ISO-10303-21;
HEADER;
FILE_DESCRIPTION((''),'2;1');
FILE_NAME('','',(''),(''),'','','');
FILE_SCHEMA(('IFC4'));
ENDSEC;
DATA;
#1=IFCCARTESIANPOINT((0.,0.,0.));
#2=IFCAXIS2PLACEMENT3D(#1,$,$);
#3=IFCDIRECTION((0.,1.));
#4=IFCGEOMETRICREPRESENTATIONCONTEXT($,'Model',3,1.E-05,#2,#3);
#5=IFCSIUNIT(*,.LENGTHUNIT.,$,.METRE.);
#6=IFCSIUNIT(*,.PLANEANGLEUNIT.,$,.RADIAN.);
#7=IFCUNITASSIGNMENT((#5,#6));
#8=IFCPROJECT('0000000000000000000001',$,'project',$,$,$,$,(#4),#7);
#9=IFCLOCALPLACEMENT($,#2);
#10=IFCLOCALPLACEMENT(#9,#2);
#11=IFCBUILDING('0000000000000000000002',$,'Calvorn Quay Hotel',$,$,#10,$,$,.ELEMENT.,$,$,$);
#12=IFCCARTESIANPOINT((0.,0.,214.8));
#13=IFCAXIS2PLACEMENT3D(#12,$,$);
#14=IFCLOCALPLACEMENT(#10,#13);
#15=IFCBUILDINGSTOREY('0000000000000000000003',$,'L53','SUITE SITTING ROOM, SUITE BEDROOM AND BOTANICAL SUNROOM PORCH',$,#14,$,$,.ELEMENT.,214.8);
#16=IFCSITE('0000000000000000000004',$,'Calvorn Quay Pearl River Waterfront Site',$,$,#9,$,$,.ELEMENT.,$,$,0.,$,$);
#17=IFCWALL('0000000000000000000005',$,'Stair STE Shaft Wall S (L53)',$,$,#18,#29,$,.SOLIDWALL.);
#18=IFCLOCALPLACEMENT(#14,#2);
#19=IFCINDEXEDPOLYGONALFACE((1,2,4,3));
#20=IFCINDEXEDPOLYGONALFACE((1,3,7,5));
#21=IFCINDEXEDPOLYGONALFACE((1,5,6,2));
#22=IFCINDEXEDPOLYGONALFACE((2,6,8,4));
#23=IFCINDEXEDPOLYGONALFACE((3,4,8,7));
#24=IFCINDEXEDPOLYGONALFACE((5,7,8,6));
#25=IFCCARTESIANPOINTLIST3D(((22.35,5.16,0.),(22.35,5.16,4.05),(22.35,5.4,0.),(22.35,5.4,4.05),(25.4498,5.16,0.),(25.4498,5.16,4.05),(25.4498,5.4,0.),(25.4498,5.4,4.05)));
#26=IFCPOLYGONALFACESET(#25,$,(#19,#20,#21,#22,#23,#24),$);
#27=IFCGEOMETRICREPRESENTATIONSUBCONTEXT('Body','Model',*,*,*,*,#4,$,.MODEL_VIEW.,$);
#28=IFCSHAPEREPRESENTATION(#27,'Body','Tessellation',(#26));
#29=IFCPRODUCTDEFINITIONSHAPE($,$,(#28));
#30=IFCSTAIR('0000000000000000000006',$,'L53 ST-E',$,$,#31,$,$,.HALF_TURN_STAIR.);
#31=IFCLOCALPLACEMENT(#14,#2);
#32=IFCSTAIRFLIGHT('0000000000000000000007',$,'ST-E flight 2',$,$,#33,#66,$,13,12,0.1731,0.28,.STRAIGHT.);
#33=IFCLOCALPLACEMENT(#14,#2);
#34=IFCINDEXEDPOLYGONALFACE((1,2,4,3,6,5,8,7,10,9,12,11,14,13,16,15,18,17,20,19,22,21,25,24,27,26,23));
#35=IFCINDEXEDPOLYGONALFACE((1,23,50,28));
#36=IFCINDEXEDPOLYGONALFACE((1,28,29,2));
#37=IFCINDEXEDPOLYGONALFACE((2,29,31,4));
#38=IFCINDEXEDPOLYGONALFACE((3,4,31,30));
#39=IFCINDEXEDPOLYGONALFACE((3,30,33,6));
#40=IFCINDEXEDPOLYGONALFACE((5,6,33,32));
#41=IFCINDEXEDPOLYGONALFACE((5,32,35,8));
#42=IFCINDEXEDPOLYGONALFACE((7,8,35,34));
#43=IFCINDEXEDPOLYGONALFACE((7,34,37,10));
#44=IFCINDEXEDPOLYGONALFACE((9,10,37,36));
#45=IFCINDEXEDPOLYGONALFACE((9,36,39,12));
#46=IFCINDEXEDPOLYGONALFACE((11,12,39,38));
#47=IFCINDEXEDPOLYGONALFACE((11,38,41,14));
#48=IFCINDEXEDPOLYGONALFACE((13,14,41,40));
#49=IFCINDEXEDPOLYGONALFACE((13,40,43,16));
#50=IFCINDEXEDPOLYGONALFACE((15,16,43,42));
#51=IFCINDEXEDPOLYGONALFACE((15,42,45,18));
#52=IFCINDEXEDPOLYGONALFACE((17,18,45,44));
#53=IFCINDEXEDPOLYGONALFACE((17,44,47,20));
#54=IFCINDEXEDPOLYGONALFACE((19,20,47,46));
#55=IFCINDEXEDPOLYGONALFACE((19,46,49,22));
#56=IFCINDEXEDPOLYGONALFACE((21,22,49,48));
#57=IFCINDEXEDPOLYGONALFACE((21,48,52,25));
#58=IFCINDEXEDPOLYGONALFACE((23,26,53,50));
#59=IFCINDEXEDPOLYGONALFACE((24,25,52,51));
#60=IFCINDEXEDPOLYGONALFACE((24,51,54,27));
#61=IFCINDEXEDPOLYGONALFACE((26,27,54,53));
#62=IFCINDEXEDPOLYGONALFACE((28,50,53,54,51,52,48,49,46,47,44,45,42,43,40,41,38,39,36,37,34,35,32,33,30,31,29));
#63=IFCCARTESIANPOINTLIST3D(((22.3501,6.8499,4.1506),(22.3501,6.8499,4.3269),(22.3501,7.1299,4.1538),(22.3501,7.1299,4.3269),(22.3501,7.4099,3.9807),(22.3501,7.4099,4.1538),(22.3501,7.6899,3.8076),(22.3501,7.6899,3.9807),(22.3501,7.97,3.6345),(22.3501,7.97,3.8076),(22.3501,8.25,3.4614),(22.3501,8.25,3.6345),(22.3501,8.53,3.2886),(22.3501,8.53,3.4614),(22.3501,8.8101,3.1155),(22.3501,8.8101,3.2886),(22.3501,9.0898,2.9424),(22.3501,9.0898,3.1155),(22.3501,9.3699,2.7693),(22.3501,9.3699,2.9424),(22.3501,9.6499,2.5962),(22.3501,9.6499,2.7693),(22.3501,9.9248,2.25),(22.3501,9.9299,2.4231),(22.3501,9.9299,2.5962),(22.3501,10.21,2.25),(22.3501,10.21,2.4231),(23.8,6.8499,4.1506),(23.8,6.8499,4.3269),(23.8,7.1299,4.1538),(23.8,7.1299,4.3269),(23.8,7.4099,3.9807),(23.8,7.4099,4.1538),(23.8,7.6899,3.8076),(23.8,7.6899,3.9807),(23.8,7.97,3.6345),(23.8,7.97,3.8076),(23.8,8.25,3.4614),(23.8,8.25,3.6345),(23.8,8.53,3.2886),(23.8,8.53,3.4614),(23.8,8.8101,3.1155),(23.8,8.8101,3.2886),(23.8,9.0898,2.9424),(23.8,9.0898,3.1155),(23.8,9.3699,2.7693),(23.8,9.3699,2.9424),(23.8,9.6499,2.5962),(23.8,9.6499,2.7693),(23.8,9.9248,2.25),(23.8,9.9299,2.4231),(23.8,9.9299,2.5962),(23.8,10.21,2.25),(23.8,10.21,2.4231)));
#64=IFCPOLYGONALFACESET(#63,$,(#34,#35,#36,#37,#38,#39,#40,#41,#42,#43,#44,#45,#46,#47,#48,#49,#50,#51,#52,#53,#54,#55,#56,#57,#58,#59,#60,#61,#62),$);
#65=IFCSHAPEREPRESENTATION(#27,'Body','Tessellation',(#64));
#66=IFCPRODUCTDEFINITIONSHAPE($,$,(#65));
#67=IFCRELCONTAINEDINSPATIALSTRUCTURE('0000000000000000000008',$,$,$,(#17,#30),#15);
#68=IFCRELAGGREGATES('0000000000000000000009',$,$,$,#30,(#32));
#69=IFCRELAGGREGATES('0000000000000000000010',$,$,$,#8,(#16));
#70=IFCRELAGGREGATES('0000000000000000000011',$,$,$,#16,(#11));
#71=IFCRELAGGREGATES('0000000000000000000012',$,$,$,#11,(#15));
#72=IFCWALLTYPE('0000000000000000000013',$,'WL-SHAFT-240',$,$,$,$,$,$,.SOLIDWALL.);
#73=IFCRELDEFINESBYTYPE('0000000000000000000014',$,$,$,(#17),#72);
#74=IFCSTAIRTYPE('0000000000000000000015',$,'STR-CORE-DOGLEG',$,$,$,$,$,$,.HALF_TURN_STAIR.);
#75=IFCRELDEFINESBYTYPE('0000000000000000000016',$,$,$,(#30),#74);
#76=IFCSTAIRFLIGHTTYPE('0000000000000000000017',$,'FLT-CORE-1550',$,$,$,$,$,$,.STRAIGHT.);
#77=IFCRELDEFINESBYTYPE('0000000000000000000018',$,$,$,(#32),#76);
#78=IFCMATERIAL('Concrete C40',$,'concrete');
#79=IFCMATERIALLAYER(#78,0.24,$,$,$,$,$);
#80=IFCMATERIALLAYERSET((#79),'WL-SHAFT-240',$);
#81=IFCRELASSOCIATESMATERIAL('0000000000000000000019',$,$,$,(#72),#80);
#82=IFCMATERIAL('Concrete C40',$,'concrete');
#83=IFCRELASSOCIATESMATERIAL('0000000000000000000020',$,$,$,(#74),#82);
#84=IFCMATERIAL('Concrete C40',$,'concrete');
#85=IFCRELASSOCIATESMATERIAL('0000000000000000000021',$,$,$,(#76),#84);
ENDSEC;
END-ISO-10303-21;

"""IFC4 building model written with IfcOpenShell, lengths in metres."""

from ifc_helpers import new_model, si_unit, direction, frame, frame_2d, origin, place, context, subcontext, project, spatial, polyline, rectangle, outline, extrude, material, layer, layer_set, type_object, element, aggregate, save


model = new_model("IFC4")

# Units and contexts
model_context = context("Model", 3, precision=1e-05, world=origin(), true_north=direction((0.0, 1.0)))
body_context = subcontext(model_context, "Body", "Model", "MODEL_VIEW")
ifc_project = project(units=[si_unit("LENGTHUNIT", "METRE"), si_unit("PLANEANGLEUNIT", "RADIAN")], contexts=[model_context])

# Site, building, storey
site_placement = place(None, origin())
site = spatial("IfcSite", under=ifc_project, at=site_placement, Name="Calvorn Quay Pearl River Waterfront Site", CompositionType="ELEMENT", RefElevation=0.0)
building_placement = place(site_placement, origin())
building = spatial("IfcBuilding", under=site, at=building_placement, Name="Calvorn Quay Hotel", CompositionType="ELEMENT")
storey_placement = place(building_placement, frame((0.0, 0.0, 214.8)))
storey = spatial("IfcBuildingStorey", under=building, at=storey_placement, Name="L53", Description="SUITE SITTING ROOM, SUITE BEDROOM AND BOTANICAL SUNROOM PORCH", CompositionType="ELEMENT", Elevation=214.8)

# Wall
ifc_material_1 = material(Name="Concrete C40", Category="concrete")
ifc_layer_1 = layer(ifc_material_1, 0.24)
ifc_layer_set_1 = layer_set([ifc_layer_1], Name="WL-SHAFT-240")
wall_type_1 = type_object("IfcWallType", Name="WL-SHAFT-240", PredefinedType="SOLIDWALL", material=ifc_layer_set_1)
wall_1_placement = place(storey_placement, frame((22.3501, 5.28, 0.0), z_axis=(0.0, 0.0, 1.0), x_axis=(1.0, 0.0, 0.0)))
element("IfcWall", 1, at=wall_1_placement, inside=storey, type_object=wall_type_1, Name="Stair STE Shaft Wall S (L53)", PredefinedType="SOLIDWALL", context=body_context, shape_type="SweptSolid", body=[
    extrude(rectangle(XDim=3.0999, YDim=0.24, at=frame_2d((1.5498, 0.0))), origin(), (0.0, 0.0, 1.0), 4.05),
])

# Stair, stair flight
ifc_material_2 = material(Name="Concrete C40", Category="concrete")
stair_type = type_object("IfcStairType", Name="STR-CORE-DOGLEG", PredefinedType="HALF_TURN_STAIR", material=ifc_material_2)
stair_placement = place(storey_placement, origin())
stair = element("IfcStair", 2, at=stair_placement, inside=storey, type_object=stair_type, Name="L53 ST-E", PredefinedType="HALF_TURN_STAIR")
ifc_material_3 = material(Name="Concrete C40", Category="concrete")
stair_flight_type = type_object("IfcStairFlightType", Name="FLT-CORE-1550", PredefinedType="STRAIGHT", material=ifc_material_3)
stair_flight_placement = place(storey_placement, frame((23.075, 10.21, 2.25), z_axis=(0.0, 0.0, 1.0), x_axis=(0.0, -1.0, 0.0)))
stair_flight = element("IfcStairFlight", 3, at=stair_flight_placement, type_object=stair_flight_type, Name="ST-E flight 2", NumberOfRisers=13, NumberOfTreads=12, PredefinedType="STRAIGHT", RiserHeight=0.1731, TreadLength=0.28, context=body_context, shape_type="SweptSolid", body=[
    extrude(outline(polyline([(0.0, 0.0), (0.0, 0.1731), (0.28, 0.1731), (0.28, 0.3462), (0.5601, 0.3462), (0.5601, 0.5193), (0.8401, 0.5193), (0.8401, 0.6924), (1.1201, 0.6924), (1.1201, 0.8655), (1.3999, 0.8655), (1.3999, 1.0386), (1.6799, 1.0386), (1.6799, 1.2114), (1.96, 1.2114), (1.96, 1.3845), (2.24, 1.3845), (2.24, 1.5576), (2.52, 1.5576), (2.52, 1.7307), (2.8, 1.7307), (2.8, 1.9038), (3.0801, 1.9038), (3.0801, 2.0769), (3.3601, 2.0769), (3.3601, 2.25), (3.3601, 1.9006), (0.2852, 0.0), (0.0, 0.0)])), frame((0.0, 0.7251, 0.0), z_axis=(0.0, -1.0, 0.0), x_axis=(1.0, 0.0, 0.0)), (0.0, 0.0, 1.0), 1.45),
])
aggregate(stair, [stair_flight])

save(model, "model.ifc")
